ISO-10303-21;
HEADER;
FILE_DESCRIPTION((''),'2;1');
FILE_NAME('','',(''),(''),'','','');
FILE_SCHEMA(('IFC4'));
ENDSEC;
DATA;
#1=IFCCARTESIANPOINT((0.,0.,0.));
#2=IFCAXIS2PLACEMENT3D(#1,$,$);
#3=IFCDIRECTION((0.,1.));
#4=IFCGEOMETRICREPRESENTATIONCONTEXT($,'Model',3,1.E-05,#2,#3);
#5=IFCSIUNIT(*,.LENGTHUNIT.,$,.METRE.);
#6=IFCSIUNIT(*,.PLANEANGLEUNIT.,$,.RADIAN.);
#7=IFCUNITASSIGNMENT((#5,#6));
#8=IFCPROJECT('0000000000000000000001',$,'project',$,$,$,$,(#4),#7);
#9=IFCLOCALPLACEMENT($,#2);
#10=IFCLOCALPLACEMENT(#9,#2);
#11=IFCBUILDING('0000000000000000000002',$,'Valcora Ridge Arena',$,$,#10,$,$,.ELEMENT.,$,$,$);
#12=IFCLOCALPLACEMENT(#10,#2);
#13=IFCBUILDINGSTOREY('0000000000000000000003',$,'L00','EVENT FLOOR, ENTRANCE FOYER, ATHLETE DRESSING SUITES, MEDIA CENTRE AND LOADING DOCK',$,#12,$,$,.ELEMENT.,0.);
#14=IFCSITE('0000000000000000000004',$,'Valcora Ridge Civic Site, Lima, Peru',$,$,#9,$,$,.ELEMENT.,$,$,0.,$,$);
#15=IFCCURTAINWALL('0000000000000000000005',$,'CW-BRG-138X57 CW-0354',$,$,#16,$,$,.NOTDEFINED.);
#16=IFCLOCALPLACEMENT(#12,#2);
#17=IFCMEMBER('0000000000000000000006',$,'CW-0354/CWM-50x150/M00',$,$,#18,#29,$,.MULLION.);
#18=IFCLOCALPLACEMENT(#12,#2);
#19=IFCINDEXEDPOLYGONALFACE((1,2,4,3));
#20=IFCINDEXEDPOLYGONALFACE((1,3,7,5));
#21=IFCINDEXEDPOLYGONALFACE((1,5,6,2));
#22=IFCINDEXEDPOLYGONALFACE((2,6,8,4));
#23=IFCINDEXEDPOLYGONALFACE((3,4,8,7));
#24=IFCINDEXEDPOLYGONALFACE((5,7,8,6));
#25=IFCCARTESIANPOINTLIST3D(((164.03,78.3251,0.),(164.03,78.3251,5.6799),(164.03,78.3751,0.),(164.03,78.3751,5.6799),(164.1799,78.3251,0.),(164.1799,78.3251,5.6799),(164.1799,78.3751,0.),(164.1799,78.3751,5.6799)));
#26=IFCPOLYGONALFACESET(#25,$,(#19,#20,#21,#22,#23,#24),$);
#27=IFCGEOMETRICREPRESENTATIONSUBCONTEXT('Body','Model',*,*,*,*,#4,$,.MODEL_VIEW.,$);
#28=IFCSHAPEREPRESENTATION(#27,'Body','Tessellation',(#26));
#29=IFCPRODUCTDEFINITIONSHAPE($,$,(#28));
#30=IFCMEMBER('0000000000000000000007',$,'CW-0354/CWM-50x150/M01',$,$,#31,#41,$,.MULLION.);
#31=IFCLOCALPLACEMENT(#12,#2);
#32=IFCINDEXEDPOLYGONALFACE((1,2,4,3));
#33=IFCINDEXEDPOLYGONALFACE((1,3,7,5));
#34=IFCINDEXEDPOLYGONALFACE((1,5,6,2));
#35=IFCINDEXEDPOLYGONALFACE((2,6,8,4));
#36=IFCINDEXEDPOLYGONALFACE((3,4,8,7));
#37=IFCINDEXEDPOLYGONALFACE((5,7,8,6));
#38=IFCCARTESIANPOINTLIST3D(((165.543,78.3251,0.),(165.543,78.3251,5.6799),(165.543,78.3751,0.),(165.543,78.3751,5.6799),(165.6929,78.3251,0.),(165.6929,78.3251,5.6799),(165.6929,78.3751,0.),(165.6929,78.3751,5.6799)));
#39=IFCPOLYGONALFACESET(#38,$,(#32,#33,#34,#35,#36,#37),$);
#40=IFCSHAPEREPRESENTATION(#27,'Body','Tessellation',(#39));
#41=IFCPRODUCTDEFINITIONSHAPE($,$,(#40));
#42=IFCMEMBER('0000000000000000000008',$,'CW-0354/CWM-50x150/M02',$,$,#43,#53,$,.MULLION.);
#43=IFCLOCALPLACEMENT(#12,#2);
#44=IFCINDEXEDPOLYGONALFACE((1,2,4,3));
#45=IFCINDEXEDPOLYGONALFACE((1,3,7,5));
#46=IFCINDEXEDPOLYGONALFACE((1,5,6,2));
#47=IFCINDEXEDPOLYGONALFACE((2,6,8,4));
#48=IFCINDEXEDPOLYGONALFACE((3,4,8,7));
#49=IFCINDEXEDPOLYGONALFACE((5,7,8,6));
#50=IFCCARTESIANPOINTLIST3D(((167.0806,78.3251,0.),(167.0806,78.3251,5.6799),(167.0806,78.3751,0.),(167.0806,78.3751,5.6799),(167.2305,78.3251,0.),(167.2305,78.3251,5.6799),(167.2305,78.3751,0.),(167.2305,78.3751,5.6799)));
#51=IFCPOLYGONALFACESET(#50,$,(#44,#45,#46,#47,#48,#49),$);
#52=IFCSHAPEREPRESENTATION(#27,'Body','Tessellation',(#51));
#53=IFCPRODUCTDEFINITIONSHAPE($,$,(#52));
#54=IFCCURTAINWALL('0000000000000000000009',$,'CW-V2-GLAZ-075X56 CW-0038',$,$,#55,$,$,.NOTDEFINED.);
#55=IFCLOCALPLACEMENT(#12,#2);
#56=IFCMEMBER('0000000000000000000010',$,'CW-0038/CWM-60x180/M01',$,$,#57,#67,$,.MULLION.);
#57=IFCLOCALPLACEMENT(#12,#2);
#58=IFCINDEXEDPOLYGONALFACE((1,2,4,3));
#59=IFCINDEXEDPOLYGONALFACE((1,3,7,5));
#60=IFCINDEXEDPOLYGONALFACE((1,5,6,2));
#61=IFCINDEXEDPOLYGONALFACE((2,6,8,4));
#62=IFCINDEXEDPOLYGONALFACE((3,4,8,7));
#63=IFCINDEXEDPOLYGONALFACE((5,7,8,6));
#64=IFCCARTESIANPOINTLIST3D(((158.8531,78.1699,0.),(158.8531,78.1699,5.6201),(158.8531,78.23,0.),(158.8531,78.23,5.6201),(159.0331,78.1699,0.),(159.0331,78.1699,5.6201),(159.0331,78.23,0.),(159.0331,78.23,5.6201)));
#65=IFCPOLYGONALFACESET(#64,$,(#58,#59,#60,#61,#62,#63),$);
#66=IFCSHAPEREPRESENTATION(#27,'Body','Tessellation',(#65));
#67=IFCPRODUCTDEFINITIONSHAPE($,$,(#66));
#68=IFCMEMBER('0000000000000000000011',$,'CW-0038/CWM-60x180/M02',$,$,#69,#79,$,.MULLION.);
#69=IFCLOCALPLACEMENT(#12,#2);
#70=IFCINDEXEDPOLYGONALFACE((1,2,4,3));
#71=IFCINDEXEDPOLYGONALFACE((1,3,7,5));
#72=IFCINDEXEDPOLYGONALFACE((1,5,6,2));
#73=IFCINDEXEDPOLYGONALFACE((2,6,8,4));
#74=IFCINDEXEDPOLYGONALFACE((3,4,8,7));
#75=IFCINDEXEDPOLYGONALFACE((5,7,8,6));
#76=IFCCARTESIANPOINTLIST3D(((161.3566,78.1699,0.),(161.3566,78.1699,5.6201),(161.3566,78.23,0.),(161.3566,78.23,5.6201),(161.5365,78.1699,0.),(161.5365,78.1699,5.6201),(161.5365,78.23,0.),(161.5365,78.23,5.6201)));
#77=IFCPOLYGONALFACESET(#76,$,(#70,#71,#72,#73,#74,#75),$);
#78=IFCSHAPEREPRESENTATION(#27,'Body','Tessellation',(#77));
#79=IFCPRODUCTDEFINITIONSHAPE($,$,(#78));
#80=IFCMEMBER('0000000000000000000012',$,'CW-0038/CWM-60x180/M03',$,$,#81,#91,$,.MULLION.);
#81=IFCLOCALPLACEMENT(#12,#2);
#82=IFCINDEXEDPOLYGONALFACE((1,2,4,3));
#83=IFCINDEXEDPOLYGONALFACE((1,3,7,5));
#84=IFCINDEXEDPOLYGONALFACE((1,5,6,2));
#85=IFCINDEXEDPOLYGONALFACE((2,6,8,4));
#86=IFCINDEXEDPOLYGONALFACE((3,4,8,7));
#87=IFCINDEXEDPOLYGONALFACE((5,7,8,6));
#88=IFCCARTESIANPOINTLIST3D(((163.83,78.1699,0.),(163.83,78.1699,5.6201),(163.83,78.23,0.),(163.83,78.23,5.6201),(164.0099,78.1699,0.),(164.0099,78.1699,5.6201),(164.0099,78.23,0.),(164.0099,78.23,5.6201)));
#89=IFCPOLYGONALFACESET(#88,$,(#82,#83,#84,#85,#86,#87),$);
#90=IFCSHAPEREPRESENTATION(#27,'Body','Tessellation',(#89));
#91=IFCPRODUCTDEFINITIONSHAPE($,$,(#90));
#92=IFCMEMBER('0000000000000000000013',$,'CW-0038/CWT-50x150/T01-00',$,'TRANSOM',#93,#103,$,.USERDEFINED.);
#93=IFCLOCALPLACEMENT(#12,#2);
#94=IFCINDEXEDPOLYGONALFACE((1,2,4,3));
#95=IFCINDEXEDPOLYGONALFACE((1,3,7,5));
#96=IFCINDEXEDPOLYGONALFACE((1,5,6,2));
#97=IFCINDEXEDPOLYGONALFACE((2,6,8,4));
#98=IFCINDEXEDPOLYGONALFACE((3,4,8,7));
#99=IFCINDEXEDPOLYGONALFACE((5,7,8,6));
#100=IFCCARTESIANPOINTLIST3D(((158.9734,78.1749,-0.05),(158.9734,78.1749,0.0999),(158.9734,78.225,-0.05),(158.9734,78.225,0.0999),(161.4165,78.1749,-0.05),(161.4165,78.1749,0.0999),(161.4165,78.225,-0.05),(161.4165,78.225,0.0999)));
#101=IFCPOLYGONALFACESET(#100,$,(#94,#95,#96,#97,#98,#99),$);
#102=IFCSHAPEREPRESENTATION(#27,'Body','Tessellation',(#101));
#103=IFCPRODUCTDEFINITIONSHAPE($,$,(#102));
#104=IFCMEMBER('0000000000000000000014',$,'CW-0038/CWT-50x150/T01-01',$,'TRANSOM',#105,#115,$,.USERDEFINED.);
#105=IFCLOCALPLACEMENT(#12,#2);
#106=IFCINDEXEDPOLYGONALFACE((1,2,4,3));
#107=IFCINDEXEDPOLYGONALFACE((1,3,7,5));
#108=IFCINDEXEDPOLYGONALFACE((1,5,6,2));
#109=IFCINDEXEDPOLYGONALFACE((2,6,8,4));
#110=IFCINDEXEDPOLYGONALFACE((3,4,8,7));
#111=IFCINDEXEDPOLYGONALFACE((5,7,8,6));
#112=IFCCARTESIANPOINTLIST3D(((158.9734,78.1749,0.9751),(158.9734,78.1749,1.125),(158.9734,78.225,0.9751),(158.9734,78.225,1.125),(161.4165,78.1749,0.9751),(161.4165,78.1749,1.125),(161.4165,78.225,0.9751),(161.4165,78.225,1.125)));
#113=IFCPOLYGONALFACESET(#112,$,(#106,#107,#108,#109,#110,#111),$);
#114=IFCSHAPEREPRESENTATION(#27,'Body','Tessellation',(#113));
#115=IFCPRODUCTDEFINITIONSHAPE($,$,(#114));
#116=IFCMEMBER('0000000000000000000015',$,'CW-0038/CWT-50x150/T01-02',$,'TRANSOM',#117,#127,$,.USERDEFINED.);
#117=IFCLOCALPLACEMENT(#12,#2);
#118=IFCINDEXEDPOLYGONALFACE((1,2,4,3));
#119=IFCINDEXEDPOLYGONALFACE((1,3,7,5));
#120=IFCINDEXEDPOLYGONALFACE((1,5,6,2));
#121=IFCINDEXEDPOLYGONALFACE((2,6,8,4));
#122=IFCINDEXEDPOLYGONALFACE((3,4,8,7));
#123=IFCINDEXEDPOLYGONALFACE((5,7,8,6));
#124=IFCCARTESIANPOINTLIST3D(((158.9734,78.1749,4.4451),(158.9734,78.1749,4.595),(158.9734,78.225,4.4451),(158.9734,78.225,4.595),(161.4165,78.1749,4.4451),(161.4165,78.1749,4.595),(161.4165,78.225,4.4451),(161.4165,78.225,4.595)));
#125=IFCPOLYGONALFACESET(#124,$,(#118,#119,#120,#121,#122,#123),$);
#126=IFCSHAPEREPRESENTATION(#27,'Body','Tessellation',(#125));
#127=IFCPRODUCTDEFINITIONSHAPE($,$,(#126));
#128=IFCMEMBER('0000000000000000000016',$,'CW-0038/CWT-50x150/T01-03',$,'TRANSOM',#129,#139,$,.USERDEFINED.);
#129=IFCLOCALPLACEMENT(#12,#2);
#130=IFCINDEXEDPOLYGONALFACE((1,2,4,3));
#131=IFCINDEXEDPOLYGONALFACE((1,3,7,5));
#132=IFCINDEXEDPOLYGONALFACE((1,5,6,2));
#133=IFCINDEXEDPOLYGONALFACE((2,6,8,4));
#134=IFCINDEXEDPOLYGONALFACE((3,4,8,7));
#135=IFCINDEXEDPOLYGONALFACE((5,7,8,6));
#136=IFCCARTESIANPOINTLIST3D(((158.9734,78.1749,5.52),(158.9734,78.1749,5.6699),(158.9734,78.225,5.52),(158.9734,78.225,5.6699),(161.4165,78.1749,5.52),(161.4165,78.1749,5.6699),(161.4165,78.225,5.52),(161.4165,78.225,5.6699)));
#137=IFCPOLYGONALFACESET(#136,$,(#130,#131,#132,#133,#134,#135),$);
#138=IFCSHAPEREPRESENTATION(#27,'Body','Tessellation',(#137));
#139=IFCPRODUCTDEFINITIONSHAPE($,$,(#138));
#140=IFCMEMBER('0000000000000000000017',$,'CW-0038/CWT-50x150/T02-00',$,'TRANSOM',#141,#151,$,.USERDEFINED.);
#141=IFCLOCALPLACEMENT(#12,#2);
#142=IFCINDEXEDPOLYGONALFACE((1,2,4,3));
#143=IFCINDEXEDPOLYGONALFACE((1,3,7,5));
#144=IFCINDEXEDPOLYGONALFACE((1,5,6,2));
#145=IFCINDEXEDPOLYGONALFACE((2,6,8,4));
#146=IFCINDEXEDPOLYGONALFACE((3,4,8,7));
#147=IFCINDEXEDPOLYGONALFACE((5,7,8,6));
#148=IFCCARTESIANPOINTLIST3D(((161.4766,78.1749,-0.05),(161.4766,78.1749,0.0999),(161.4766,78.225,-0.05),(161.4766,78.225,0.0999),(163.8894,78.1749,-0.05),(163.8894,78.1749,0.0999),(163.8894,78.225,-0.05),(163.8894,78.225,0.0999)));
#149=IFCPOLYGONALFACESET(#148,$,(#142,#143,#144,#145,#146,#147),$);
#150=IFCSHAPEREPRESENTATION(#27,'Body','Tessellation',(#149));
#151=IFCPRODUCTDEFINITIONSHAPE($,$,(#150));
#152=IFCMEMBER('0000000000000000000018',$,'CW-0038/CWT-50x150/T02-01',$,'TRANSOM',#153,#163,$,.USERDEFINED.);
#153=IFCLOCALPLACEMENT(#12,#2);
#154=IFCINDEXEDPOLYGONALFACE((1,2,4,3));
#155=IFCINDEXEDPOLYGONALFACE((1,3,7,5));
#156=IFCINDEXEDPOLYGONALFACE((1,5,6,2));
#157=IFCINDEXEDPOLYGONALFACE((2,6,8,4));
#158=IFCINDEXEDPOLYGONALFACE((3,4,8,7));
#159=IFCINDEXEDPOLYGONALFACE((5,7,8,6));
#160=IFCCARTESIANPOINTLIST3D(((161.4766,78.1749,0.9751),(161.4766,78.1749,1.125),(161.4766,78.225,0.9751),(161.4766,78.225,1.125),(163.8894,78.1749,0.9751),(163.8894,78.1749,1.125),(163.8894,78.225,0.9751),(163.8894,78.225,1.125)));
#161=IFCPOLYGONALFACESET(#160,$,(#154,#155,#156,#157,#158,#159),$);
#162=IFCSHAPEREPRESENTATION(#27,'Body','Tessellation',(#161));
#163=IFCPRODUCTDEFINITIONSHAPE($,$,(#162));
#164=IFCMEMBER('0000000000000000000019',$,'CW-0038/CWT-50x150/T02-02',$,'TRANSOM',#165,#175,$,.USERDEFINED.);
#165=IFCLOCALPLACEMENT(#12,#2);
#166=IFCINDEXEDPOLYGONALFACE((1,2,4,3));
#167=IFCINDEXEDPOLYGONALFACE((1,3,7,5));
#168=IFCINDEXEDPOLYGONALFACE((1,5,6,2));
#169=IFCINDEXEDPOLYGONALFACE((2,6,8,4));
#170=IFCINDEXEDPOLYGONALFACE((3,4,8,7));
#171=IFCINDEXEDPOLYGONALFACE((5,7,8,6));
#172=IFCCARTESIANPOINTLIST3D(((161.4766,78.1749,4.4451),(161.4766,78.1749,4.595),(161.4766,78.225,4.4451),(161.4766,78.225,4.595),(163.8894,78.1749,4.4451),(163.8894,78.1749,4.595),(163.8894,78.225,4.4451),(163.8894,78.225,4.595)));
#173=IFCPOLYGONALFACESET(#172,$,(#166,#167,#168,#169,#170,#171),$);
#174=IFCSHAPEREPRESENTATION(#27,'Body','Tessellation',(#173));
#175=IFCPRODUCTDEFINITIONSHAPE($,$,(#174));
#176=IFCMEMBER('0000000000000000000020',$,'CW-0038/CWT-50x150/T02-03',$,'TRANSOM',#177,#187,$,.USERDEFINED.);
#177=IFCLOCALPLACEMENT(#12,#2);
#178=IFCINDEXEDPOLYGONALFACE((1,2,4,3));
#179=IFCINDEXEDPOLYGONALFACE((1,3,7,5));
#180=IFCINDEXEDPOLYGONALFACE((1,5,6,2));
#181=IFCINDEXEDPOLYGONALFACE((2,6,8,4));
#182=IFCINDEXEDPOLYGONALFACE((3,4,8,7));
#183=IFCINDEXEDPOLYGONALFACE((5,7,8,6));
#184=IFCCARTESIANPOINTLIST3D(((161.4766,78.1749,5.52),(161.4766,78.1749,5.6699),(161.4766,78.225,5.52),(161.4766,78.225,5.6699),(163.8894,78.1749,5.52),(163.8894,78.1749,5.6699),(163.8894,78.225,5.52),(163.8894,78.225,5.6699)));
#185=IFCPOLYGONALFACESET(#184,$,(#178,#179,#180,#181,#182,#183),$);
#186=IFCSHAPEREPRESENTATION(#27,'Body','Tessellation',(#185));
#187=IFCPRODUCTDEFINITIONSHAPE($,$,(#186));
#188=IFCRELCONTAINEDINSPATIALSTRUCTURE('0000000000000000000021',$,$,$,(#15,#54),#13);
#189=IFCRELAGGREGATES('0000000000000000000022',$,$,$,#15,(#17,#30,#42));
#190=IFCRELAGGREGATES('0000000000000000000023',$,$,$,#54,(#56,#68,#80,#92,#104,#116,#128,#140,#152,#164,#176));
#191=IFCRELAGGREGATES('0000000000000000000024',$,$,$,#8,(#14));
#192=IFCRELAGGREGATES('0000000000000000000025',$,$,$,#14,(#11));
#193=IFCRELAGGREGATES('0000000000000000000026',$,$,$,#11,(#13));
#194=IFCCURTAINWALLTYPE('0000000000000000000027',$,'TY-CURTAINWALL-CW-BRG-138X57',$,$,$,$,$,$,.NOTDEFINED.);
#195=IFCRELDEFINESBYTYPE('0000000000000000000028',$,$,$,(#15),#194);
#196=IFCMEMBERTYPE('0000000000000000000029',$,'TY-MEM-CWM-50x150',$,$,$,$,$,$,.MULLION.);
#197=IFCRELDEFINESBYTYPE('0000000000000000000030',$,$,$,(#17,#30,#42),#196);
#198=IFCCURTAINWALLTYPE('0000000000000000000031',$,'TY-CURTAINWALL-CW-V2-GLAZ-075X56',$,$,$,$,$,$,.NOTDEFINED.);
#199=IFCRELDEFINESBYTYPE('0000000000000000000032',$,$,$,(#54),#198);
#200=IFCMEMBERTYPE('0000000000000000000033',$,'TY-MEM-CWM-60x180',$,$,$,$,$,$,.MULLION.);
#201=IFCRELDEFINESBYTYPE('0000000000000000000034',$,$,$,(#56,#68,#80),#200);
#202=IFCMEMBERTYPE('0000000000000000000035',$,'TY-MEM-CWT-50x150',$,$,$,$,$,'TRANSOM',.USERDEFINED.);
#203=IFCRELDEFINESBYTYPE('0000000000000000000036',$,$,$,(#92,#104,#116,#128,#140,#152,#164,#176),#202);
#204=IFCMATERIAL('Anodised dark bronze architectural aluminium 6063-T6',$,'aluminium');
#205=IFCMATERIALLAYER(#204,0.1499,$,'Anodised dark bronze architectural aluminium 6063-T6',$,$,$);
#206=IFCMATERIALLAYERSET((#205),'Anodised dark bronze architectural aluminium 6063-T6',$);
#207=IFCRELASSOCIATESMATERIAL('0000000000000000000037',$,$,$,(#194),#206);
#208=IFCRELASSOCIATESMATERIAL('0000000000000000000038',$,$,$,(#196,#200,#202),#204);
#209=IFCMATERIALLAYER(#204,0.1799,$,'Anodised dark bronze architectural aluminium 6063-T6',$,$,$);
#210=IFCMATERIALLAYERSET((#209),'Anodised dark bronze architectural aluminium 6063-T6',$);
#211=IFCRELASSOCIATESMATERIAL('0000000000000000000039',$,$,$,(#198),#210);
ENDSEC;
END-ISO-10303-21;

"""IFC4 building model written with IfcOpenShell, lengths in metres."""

from ifc_helpers import new_model, si_unit, direction, frame, origin, origin_2d, place, context, subcontext, project, spatial, rectangle, extrude, material, layer, layer_set, material_profile, profile_set, type_object, element, aggregate, save


model = new_model("IFC4")

# Units and contexts
model_context = context("Model", 3, precision=1e-05, world=origin(), true_north=direction((0.0, 1.0)))
body_context = subcontext(model_context, "Body", "Model", "MODEL_VIEW")
ifc_project = project(units=[si_unit("LENGTHUNIT", "METRE"), si_unit("PLANEANGLEUNIT", "RADIAN")], contexts=[model_context])

# Site, building, storey
site_placement = place(None, origin())
site = spatial("IfcSite", under=ifc_project, at=site_placement, Name="Valcora Ridge Civic Site, Lima, Peru", CompositionType="ELEMENT", RefElevation=0.0)
building_placement = place(site_placement, origin())
building = spatial("IfcBuilding", under=site, at=building_placement, Name="Valcora Ridge Arena", CompositionType="ELEMENT")
storey_placement = place(building_placement, origin())
storey = spatial("IfcBuildingStorey", under=building, at=storey_placement, Name="L00", Description="EVENT FLOOR, ENTRANCE FOYER, ATHLETE DRESSING SUITES, MEDIA CENTRE AND LOADING DOCK", CompositionType="ELEMENT", Elevation=0.0)

# Curtain walls, members
ifc_material_1 = material(Name="Anodised dark bronze architectural aluminium 6063-T6", Category="aluminium")
ifc_layer_1 = layer(ifc_material_1, 0.1499, Name="Anodised dark bronze architectural aluminium 6063-T6")
ifc_layer_set_1 = layer_set([ifc_layer_1], Name="Anodised dark bronze architectural aluminium 6063-T6")
curtain_wall_type_1 = type_object("IfcCurtainWallType", Name="TY-CURTAINWALL-CW-BRG-138X57", PredefinedType="NOTDEFINED", material=ifc_layer_set_1)
curtain_wall_1_placement = place(storey_placement, origin())
curtain_wall_1 = element("IfcCurtainWall", 1, at=curtain_wall_1_placement, inside=storey, type_object=curtain_wall_type_1, Name="CW-BRG-138X57 CW-0354", PredefinedType="NOTDEFINED")
ifc_material_profile_1 = material_profile(ifc_material_1, rectangle(XDim=0.05, YDim=0.1499, at=origin_2d()), Name="ALU MULLION 50x150")
ifc_profile_set_1 = profile_set([ifc_material_profile_1], Name="Anodised dark bronze architectural aluminium 6063-T6")
member_type_1 = type_object("IfcMemberType", Name="TY-MEM-CWM-50x150", PredefinedType="MULLION", material=ifc_profile_set_1)
member_1_placement = place(storey_placement, frame((164.105, 78.3501, 0.0), z_axis=(0.0, 0.0, 1.0), x_axis=(0.0, 1.0, 0.0)))
member_1 = element("IfcMember", 2, at=member_1_placement, type_object=member_type_1, Name="CW-0354/CWM-50x150/M00", PredefinedType="MULLION", context=body_context, shape_type="SweptSolid", body=[
    extrude(rectangle(XDim=0.05, YDim=0.1499, at=origin_2d()), origin(), (0.0, 0.0, 1.0), 5.6799),
])
member_2_placement = place(storey_placement, frame((165.6179, 78.3501, 0.0), z_axis=(0.0, 0.0, 1.0), x_axis=(0.0, 1.0, 0.0)))
member_2 = element("IfcMember", 3, at=member_2_placement, type_object=member_type_1, Name="CW-0354/CWM-50x150/M01", PredefinedType="MULLION", context=body_context, shape_type="SweptSolid", body=[
    extrude(rectangle(XDim=0.05, YDim=0.1499, at=origin_2d()), origin(), (0.0, 0.0, 1.0), 5.6799),
])
member_3_placement = place(storey_placement, frame((167.1555, 78.3501, 0.0), z_axis=(0.0, 0.0, 1.0), x_axis=(0.0, 1.0, 0.0)))
member_3 = element("IfcMember", 4, at=member_3_placement, type_object=member_type_1, Name="CW-0354/CWM-50x150/M02", PredefinedType="MULLION", context=body_context, shape_type="SweptSolid", body=[
    extrude(rectangle(XDim=0.05, YDim=0.1499, at=origin_2d()), origin(), (0.0, 0.0, 1.0), 5.6799),
])
ifc_layer_2 = layer(ifc_material_1, 0.1799, Name="Anodised dark bronze architectural aluminium 6063-T6")
ifc_layer_set_2 = layer_set([ifc_layer_2], Name="Anodised dark bronze architectural aluminium 6063-T6")
curtain_wall_type_2 = type_object("IfcCurtainWallType", Name="TY-CURTAINWALL-CW-V2-GLAZ-075X56", PredefinedType="NOTDEFINED", material=ifc_layer_set_2)
curtain_wall_2_placement = place(storey_placement, origin())
curtain_wall_2 = element("IfcCurtainWall", 5, at=curtain_wall_2_placement, inside=storey, type_object=curtain_wall_type_2, Name="CW-V2-GLAZ-075X56 CW-0038", PredefinedType="NOTDEFINED")
ifc_material_profile_2 = material_profile(ifc_material_1, rectangle(XDim=0.0601, YDim=0.1799, at=origin_2d()), Name="ALU MULLION 60x180")
ifc_profile_set_2 = profile_set([ifc_material_profile_2], Name="Anodised dark bronze architectural aluminium 6063-T6")
member_type_2 = type_object("IfcMemberType", Name="TY-MEM-CWM-60x180", PredefinedType="MULLION", material=ifc_profile_set_2)
member_4_placement = place(storey_placement, frame((158.9431, 78.2, 0.0), z_axis=(0.0, 0.0, 1.0), x_axis=(0.0, 1.0, 0.0)))
member_4 = element("IfcMember", 6, at=member_4_placement, type_object=member_type_2, Name="CW-0038/CWM-60x180/M01", PredefinedType="MULLION", context=body_context, shape_type="SweptSolid", body=[
    extrude(rectangle(XDim=0.0601, YDim=0.1799, at=origin_2d()), origin(), (0.0, 0.0, 1.0), 5.6201),
])
member_5_placement = place(storey_placement, frame((161.4465, 78.2, 0.0), z_axis=(0.0, 0.0, 1.0), x_axis=(0.0, 1.0, 0.0)))
member_5 = element("IfcMember", 7, at=member_5_placement, type_object=member_type_2, Name="CW-0038/CWM-60x180/M02", PredefinedType="MULLION", context=body_context, shape_type="SweptSolid", body=[
    extrude(rectangle(XDim=0.0601, YDim=0.1799, at=origin_2d()), origin(), (0.0, 0.0, 1.0), 5.6201),
])
member_6_placement = place(storey_placement, frame((163.9199, 78.2, 0.0), z_axis=(0.0, 0.0, 1.0), x_axis=(0.0, 1.0, 0.0)))
member_6 = element("IfcMember", 8, at=member_6_placement, type_object=member_type_2, Name="CW-0038/CWM-60x180/M03", PredefinedType="MULLION", context=body_context, shape_type="SweptSolid", body=[
    extrude(rectangle(XDim=0.0601, YDim=0.1799, at=origin_2d()), origin(), (0.0, 0.0, 1.0), 5.6201),
])
ifc_material_profile_3 = material_profile(ifc_material_1, rectangle(XDim=0.05, YDim=0.1499, at=origin_2d()), Name="ALU TRANSOM 50x150")
ifc_profile_set_3 = profile_set([ifc_material_profile_3], Name="Anodised dark bronze architectural aluminium 6063-T6")
member_type_3 = type_object("IfcMemberType", Name="TY-MEM-CWT-50x150", ElementType="TRANSOM", PredefinedType="USERDEFINED", material=ifc_profile_set_3)
member_7_placement = place(storey_placement, frame((158.9734, 78.2, 0.0249), z_axis=(1.0, 0.0, 0.0), x_axis=(0.0, 1.0, 0.0)))
member_7 = element("IfcMember", 9, at=member_7_placement, type_object=member_type_3, Name="CW-0038/CWT-50x150/T01-00", ObjectType="TRANSOM", PredefinedType="USERDEFINED", context=body_context, shape_type="SweptSolid", body=[
    extrude(rectangle(XDim=0.05, YDim=0.1499, at=origin_2d()), origin(), (0.0, 0.0, 1.0), 2.4431),
])
member_8_placement = place(storey_placement, frame((158.9734, 78.2, 1.05), z_axis=(1.0, 0.0, 0.0), x_axis=(0.0, 1.0, 0.0)))
member_8 = element("IfcMember", 10, at=member_8_placement, type_object=member_type_3, Name="CW-0038/CWT-50x150/T01-01", ObjectType="TRANSOM", PredefinedType="USERDEFINED", context=body_context, shape_type="SweptSolid", body=[
    extrude(rectangle(XDim=0.05, YDim=0.1499, at=origin_2d()), origin(), (0.0, 0.0, 1.0), 2.4431),
])
member_9_placement = place(storey_placement, frame((158.9734, 78.2, 4.52), z_axis=(1.0, 0.0, 0.0), x_axis=(0.0, 1.0, 0.0)))
member_9 = element("IfcMember", 11, at=member_9_placement, type_object=member_type_3, Name="CW-0038/CWT-50x150/T01-02", ObjectType="TRANSOM", PredefinedType="USERDEFINED", context=body_context, shape_type="SweptSolid", body=[
    extrude(rectangle(XDim=0.05, YDim=0.1499, at=origin_2d()), origin(), (0.0, 0.0, 1.0), 2.4431),
])
member_10_placement = place(storey_placement, frame((158.9734, 78.2, 5.595), z_axis=(1.0, 0.0, 0.0), x_axis=(0.0, 1.0, 0.0)))
member_10 = element("IfcMember", 12, at=member_10_placement, type_object=member_type_3, Name="CW-0038/CWT-50x150/T01-03", ObjectType="TRANSOM", PredefinedType="USERDEFINED", context=body_context, shape_type="SweptSolid", body=[
    extrude(rectangle(XDim=0.05, YDim=0.1499, at=origin_2d()), origin(), (0.0, 0.0, 1.0), 2.4431),
])
member_11_placement = place(storey_placement, frame((161.4766, 78.2, 0.0249), z_axis=(1.0, 0.0, 0.0), x_axis=(0.0, 1.0, 0.0)))
member_11 = element("IfcMember", 13, at=member_11_placement, type_object=member_type_3, Name="CW-0038/CWT-50x150/T02-00", ObjectType="TRANSOM", PredefinedType="USERDEFINED", context=body_context, shape_type="SweptSolid", body=[
    extrude(rectangle(XDim=0.05, YDim=0.1499, at=origin_2d()), origin(), (0.0, 0.0, 1.0), 2.4128),
])
member_12_placement = place(storey_placement, frame((161.4766, 78.2, 1.05), z_axis=(1.0, 0.0, 0.0), x_axis=(0.0, 1.0, 0.0)))
member_12 = element("IfcMember", 14, at=member_12_placement, type_object=member_type_3, Name="CW-0038/CWT-50x150/T02-01", ObjectType="TRANSOM", PredefinedType="USERDEFINED", context=body_context, shape_type="SweptSolid", body=[
    extrude(rectangle(XDim=0.05, YDim=0.1499, at=origin_2d()), origin(), (0.0, 0.0, 1.0), 2.4128),
])
member_13_placement = place(storey_placement, frame((161.4766, 78.2, 4.52), z_axis=(1.0, 0.0, 0.0), x_axis=(0.0, 1.0, 0.0)))
member_13 = element("IfcMember", 15, at=member_13_placement, type_object=member_type_3, Name="CW-0038/CWT-50x150/T02-02", ObjectType="TRANSOM", PredefinedType="USERDEFINED", context=body_context, shape_type="SweptSolid", body=[
    extrude(rectangle(XDim=0.05, YDim=0.1499, at=origin_2d()), origin(), (0.0, 0.0, 1.0), 2.4128),
])
member_14_placement = place(storey_placement, frame((161.4766, 78.2, 5.595), z_axis=(1.0, 0.0, 0.0), x_axis=(0.0, 1.0, 0.0)))
member_14 = element("IfcMember", 16, at=member_14_placement, type_object=member_type_3, Name="CW-0038/CWT-50x150/T02-03", ObjectType="TRANSOM", PredefinedType="USERDEFINED", context=body_context, shape_type="SweptSolid", body=[
    extrude(rectangle(XDim=0.05, YDim=0.1499, at=origin_2d()), origin(), (0.0, 0.0, 1.0), 2.4128),
])

aggregate(curtain_wall_1, [member_1, member_2, member_3])
aggregate(curtain_wall_2, [member_4, member_5, member_6, member_7, member_8, member_9, member_10, member_11, member_12, member_13, member_14])

save(model, "model.ifc")
